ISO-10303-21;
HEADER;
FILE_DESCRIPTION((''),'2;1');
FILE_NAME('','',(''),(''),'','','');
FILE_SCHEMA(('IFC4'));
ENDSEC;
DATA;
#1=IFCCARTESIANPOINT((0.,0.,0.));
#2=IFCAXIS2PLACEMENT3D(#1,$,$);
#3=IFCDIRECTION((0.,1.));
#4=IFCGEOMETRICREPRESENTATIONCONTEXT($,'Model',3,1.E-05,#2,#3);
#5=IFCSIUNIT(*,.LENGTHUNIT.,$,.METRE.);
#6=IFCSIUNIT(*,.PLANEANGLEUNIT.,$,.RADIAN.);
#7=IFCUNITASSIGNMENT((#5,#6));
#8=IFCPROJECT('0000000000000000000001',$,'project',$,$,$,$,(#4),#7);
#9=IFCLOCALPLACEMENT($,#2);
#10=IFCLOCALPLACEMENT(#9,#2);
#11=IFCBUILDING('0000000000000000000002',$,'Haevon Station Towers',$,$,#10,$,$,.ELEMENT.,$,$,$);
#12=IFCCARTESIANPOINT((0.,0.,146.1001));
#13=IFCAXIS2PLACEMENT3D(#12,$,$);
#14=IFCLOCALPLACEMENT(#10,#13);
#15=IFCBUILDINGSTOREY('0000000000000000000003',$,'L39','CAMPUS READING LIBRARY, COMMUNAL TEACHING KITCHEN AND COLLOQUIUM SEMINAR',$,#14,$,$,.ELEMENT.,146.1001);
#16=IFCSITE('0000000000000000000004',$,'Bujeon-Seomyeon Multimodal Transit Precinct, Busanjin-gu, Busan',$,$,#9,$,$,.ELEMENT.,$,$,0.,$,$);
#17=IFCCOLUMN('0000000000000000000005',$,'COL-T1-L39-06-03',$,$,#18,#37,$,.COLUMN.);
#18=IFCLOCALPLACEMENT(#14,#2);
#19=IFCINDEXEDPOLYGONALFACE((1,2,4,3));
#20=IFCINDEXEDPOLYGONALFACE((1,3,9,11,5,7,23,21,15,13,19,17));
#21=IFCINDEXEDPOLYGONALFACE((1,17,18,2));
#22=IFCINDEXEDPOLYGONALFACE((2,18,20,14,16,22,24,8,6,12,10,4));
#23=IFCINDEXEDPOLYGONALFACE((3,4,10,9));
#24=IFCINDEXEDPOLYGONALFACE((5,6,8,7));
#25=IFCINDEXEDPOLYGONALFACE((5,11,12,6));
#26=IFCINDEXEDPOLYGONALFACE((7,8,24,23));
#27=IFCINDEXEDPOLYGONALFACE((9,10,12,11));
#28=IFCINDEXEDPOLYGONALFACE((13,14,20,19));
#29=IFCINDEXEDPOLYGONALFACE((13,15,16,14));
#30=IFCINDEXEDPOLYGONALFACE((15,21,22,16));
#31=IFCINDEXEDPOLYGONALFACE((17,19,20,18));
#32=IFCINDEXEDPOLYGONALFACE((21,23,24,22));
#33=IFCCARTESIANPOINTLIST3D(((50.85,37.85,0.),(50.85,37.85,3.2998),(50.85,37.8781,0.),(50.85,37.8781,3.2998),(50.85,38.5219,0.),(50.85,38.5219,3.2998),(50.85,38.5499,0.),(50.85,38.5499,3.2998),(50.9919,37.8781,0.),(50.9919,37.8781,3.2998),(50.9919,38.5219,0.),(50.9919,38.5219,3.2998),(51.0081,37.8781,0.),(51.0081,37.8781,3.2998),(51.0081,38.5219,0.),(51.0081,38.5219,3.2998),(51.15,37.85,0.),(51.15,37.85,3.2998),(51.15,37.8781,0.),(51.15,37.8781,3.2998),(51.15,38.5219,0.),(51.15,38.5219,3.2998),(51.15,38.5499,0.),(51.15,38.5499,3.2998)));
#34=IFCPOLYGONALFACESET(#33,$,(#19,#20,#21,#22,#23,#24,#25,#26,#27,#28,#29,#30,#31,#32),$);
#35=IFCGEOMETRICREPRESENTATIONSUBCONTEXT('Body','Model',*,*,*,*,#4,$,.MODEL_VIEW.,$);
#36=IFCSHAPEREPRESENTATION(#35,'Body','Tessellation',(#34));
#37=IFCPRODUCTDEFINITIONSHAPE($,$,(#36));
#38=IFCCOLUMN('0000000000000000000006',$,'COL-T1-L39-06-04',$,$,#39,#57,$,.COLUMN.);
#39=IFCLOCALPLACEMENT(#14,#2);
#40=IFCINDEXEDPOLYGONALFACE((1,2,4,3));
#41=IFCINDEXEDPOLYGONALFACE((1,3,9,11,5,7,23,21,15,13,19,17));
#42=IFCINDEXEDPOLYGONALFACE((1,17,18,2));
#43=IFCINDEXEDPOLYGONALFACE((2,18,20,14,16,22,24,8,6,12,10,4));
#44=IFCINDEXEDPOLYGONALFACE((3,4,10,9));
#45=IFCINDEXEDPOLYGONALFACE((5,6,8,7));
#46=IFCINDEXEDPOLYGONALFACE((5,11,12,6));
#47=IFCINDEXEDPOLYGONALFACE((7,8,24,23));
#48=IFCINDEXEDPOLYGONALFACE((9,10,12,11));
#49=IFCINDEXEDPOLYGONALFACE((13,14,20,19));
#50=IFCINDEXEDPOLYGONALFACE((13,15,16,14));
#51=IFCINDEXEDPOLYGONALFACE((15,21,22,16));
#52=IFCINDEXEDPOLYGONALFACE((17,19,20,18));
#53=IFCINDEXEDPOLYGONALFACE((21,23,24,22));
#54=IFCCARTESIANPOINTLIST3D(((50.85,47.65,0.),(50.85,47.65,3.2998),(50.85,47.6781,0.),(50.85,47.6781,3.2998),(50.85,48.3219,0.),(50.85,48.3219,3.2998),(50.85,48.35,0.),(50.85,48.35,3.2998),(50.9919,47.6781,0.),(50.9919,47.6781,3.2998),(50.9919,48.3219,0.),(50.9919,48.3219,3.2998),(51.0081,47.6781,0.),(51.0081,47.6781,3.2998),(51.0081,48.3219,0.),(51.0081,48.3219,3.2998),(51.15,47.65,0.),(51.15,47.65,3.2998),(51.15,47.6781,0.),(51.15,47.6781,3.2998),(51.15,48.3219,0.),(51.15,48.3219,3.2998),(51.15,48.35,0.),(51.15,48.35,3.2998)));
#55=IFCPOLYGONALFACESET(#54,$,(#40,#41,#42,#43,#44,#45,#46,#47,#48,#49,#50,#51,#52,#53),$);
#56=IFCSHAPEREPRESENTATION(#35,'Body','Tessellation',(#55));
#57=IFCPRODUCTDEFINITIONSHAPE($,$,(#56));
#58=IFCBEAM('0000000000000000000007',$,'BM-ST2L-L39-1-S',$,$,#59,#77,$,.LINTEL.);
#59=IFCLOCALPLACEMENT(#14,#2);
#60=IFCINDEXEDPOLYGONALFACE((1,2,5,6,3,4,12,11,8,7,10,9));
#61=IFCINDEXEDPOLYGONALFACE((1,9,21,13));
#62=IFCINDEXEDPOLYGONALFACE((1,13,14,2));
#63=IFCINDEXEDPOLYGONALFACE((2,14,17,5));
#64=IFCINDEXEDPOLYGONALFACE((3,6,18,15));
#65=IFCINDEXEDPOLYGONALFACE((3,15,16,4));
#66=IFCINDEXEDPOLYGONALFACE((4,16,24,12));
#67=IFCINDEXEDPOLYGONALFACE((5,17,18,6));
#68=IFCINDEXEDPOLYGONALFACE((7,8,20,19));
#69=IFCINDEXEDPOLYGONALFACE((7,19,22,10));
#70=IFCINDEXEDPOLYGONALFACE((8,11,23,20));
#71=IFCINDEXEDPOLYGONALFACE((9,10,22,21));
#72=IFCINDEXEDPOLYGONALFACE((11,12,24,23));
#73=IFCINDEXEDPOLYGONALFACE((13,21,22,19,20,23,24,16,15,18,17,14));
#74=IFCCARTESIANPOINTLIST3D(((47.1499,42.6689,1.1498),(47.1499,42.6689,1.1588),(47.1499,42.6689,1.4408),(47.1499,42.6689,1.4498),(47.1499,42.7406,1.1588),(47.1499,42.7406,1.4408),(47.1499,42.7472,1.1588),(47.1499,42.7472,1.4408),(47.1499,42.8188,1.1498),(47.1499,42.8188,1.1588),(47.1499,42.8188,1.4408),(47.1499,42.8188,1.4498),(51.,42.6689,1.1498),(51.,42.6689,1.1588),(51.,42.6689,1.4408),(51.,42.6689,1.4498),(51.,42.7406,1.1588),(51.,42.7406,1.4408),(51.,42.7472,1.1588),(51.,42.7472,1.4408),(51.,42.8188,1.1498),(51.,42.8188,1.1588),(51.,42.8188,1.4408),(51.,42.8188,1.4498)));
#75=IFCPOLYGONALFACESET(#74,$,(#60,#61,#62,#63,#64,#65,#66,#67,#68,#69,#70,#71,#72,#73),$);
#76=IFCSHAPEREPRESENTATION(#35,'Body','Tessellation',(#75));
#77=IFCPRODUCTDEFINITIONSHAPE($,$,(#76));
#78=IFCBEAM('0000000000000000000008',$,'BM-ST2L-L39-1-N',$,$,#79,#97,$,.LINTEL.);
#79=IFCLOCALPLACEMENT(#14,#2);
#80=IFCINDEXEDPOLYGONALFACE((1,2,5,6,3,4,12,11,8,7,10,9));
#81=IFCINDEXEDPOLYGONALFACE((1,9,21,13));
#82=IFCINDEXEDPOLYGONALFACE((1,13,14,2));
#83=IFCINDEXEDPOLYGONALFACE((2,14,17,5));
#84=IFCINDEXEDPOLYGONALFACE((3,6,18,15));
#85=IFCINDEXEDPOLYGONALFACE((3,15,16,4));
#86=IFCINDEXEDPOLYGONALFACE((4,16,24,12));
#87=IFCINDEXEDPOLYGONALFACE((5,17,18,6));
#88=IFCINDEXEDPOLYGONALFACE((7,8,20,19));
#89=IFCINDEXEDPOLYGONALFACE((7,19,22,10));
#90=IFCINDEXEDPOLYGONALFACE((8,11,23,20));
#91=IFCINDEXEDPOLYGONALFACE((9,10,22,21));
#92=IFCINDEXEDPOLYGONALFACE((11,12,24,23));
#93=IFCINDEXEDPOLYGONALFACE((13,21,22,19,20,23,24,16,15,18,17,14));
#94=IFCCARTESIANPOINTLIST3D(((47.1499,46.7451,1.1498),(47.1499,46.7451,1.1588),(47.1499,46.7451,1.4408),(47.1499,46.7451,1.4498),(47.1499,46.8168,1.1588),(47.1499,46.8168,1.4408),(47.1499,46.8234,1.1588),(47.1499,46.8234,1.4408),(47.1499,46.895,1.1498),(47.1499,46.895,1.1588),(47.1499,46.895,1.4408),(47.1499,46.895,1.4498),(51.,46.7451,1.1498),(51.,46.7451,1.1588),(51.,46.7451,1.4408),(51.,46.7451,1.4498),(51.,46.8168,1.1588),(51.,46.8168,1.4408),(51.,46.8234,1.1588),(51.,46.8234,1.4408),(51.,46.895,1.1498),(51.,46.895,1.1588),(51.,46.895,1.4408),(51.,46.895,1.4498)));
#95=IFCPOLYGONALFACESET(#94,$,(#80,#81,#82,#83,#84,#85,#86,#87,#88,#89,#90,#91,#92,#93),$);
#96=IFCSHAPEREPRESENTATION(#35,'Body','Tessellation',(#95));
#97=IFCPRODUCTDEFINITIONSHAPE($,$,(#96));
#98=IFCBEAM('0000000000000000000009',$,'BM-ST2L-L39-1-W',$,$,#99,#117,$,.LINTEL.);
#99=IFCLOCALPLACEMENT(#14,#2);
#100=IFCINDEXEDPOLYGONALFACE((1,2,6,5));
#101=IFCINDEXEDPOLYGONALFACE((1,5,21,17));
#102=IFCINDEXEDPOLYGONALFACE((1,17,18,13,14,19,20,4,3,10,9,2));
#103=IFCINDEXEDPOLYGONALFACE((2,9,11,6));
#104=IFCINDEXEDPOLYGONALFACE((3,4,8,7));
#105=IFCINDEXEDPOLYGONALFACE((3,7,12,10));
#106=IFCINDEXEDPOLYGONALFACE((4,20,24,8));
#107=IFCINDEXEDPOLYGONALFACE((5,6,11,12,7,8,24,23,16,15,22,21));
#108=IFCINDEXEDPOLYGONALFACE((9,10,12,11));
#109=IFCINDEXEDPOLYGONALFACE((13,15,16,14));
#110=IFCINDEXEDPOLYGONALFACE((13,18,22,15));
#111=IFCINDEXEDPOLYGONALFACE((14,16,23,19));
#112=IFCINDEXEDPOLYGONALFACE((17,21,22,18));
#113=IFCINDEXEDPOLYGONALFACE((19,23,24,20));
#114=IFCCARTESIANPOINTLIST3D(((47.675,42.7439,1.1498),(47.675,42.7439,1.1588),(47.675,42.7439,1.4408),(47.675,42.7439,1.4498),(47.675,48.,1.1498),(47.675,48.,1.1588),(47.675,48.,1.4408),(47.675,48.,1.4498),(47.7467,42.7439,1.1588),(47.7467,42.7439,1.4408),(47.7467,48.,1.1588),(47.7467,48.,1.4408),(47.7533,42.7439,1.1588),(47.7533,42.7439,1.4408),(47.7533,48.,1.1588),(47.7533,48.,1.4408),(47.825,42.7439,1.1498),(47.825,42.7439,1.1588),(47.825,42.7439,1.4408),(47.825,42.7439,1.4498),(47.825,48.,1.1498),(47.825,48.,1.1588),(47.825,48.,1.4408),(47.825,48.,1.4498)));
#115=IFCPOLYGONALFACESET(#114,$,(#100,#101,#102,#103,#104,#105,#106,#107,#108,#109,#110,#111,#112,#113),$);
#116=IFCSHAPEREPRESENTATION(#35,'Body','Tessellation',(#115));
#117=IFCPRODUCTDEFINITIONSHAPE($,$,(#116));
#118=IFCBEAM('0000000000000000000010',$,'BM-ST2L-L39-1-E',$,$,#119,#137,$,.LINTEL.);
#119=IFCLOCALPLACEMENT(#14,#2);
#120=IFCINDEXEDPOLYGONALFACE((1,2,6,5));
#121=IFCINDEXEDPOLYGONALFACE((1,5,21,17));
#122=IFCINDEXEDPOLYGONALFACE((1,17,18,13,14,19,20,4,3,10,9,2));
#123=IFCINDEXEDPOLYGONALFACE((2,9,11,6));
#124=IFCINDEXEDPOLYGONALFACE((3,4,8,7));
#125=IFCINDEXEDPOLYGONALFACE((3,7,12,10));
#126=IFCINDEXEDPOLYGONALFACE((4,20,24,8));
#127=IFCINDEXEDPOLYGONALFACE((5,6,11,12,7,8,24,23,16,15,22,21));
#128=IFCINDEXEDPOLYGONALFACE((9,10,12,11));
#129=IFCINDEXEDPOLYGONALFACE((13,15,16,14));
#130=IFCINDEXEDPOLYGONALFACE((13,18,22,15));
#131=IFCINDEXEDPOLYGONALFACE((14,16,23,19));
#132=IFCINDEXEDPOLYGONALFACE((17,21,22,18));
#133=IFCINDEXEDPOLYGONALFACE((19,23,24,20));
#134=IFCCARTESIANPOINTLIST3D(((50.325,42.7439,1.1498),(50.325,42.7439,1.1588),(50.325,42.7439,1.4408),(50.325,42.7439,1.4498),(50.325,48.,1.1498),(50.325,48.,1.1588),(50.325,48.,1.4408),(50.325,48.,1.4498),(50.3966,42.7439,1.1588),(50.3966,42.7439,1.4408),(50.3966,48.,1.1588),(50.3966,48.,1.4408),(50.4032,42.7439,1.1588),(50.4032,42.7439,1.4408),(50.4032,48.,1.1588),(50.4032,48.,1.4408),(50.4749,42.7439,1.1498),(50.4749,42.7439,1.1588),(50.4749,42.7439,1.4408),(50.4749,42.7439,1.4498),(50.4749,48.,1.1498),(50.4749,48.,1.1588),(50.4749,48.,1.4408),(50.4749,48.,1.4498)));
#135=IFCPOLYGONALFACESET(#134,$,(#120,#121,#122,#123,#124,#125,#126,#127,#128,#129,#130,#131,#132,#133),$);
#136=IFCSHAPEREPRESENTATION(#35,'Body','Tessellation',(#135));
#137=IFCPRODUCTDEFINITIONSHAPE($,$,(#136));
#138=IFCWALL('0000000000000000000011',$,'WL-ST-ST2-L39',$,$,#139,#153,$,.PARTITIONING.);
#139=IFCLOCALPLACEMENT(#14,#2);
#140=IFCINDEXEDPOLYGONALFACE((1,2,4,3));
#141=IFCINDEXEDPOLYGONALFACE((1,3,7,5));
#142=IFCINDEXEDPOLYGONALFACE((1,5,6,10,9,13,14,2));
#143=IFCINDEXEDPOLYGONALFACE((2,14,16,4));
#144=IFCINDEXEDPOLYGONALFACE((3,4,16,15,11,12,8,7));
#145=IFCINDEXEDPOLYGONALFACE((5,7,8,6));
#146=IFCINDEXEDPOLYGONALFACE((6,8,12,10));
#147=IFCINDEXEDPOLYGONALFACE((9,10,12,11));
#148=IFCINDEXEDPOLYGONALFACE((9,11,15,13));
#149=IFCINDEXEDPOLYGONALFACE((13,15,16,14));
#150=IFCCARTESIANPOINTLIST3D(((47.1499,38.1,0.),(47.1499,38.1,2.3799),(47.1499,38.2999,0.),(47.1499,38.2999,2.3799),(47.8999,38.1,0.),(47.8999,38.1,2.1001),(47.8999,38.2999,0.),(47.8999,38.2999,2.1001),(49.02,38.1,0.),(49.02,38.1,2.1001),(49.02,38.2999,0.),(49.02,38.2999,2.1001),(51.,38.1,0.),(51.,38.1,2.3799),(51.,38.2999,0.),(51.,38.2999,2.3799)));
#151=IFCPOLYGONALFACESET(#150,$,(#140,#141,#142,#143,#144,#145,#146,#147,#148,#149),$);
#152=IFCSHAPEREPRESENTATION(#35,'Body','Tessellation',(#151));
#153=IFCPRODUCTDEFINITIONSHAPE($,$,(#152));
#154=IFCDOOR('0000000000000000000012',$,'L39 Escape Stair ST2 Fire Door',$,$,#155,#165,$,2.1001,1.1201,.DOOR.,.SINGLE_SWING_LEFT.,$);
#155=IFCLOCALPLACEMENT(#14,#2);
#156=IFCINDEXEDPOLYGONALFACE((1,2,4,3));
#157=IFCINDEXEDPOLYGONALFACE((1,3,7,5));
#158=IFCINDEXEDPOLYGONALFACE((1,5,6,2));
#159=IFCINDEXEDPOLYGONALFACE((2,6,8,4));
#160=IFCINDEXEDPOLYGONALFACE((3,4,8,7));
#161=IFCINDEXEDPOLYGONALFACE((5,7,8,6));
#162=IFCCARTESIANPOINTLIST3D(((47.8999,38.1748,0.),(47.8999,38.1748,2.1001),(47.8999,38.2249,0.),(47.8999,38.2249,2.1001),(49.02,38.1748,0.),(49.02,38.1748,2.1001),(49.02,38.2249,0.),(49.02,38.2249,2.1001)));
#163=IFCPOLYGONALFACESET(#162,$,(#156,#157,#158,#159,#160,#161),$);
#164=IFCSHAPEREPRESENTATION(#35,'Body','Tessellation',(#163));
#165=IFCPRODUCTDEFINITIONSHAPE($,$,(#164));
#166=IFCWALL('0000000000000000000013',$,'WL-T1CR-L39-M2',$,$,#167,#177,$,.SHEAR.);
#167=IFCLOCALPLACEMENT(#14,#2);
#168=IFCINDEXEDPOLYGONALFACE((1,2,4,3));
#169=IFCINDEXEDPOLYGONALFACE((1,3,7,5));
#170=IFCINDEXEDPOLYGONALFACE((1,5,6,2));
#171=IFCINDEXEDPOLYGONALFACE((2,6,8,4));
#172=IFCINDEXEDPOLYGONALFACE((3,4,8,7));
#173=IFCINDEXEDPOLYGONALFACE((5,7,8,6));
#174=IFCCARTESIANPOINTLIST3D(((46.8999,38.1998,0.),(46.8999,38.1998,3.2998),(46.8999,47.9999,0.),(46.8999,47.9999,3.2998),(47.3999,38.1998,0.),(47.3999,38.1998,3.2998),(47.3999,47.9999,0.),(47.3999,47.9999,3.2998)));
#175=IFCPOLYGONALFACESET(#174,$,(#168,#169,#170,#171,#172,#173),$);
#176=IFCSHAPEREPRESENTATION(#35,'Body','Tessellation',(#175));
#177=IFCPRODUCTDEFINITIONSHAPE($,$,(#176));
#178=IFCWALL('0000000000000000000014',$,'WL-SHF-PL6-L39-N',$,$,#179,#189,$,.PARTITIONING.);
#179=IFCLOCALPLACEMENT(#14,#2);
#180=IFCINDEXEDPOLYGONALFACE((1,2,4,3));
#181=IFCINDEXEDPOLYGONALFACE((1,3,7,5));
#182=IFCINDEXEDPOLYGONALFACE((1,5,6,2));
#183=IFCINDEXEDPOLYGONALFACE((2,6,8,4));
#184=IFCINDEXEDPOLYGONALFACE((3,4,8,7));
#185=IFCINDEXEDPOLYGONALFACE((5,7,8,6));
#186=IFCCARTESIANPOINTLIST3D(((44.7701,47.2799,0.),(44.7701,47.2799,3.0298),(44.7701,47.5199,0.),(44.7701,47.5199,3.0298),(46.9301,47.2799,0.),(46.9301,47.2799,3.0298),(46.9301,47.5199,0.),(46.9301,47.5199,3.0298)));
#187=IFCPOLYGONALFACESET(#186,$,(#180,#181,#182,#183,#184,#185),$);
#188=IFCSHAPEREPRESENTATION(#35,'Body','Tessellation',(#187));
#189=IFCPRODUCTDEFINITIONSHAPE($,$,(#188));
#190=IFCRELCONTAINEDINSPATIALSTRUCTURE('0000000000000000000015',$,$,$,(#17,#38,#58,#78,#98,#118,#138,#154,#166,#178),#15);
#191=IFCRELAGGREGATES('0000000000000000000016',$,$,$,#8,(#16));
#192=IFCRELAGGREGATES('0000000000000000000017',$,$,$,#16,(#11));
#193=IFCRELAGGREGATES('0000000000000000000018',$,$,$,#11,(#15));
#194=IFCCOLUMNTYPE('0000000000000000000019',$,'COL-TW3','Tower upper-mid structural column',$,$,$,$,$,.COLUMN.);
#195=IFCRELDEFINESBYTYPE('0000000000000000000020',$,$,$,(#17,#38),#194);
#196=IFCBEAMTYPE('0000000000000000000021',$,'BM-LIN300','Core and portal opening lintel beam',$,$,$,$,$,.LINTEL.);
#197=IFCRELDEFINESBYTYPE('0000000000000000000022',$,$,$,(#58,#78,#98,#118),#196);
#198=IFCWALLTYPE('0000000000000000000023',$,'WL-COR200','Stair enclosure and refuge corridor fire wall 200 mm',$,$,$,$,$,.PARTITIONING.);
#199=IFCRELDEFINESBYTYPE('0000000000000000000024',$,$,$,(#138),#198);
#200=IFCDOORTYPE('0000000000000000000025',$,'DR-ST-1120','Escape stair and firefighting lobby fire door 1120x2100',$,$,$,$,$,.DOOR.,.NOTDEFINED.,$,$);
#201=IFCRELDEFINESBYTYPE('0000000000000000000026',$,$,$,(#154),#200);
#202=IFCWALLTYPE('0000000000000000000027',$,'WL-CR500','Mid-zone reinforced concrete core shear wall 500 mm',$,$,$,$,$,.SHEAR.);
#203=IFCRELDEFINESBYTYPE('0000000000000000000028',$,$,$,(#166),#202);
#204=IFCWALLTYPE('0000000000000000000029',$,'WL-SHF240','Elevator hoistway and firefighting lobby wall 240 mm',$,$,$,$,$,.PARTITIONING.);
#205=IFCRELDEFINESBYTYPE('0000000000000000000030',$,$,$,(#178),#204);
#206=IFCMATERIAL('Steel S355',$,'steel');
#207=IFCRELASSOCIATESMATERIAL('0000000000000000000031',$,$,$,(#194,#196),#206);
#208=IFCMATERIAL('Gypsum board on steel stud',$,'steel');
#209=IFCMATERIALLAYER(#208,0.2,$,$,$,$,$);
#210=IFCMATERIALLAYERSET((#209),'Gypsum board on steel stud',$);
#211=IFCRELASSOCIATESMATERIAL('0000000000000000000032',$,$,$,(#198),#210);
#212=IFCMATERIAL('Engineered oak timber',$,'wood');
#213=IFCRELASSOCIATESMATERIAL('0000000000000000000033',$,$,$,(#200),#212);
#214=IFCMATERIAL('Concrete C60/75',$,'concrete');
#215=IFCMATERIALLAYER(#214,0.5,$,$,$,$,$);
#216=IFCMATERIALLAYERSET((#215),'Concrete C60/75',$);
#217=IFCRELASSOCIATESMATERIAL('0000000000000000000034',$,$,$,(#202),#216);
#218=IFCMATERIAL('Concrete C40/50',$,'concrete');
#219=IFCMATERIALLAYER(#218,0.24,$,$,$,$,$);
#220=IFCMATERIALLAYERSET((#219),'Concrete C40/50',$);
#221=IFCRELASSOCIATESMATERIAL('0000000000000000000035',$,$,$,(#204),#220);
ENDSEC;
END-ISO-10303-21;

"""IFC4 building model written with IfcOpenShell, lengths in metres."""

from ifc_helpers import new_model, si_unit, direction, frame, frame_2d, origin, origin_2d, place, context, subcontext, project, spatial, rectangle, i_section, extrude, material, layer, layer_set, material_profile, profile_set, type_object, element, fill, save


model = new_model("IFC4")

# Units and contexts
model_context = context("Model", 3, precision=1e-05, world=origin(), true_north=direction((0.0, 1.0)))
body_context = subcontext(model_context, "Body", "Model", "MODEL_VIEW")
ifc_project = project(units=[si_unit("LENGTHUNIT", "METRE"), si_unit("PLANEANGLEUNIT", "RADIAN")], contexts=[model_context])

# Site, building, storey
site_placement = place(None, origin())
site = spatial("IfcSite", under=ifc_project, at=site_placement, Name="Bujeon-Seomyeon Multimodal Transit Precinct, Busanjin-gu, Busan", CompositionType="ELEMENT", RefElevation=0.0)
building_placement = place(site_placement, origin())
building = spatial("IfcBuilding", under=site, at=building_placement, Name="Haevon Station Towers", CompositionType="ELEMENT")
storey_placement = place(building_placement, frame((0.0, 0.0, 146.1001)))
storey = spatial("IfcBuildingStorey", under=building, at=storey_placement, Name="L39", Description="CAMPUS READING LIBRARY, COMMUNAL TEACHING KITCHEN AND COLLOQUIUM SEMINAR", CompositionType="ELEMENT", Elevation=146.1001)

# Columns
ifc_material_1 = material(Name="Steel S355", Category="steel")
ifc_material_profile_1 = material_profile(ifc_material_1, i_section(OverallWidth=0.3, OverallDepth=0.7, WebThickness=0.0161, FlangeThickness=0.0281, at=origin_2d()), Name="H-700x300x16x28")
ifc_profile_set_1 = profile_set([ifc_material_profile_1], Name="Steel S355")
column_type = type_object("IfcColumnType", Name="COL-TW3", Description="Tower upper-mid structural column", PredefinedType="COLUMN", material=ifc_profile_set_1)
for number, where, z_axis, x_axis, name in (
    (1, (51.0, 38.2, 0.0), (0.0, 0.0, 1.0), (1.0, 0.0, 0.0), "COL-T1-L39-06-03"),
    (2, (51.0, 48.0, 0.0), (0.0, 0.0, 1.0), (1.0, 0.0, 0.0), "COL-T1-L39-06-04"),
):
    element("IfcColumn", number, at=place(storey_placement, frame(where, z_axis=z_axis, x_axis=x_axis)), inside=storey, type_object=column_type, Name=name, PredefinedType="COLUMN", context=body_context, shape_type="SweptSolid", body=[
        extrude(i_section(OverallWidth=0.3, OverallDepth=0.7, WebThickness=0.0161, FlangeThickness=0.0281, at=origin_2d()), origin(), (0.0, 0.0, 1.0), 3.2998),
    ])

# Beams
ifc_material_profile_2 = material_profile(ifc_material_1, i_section(OverallWidth=0.1499, OverallDepth=0.3, WebThickness=0.0066, FlangeThickness=0.009, at=origin_2d()), Name="H-300x150x6.5x9")
ifc_profile_set_2 = profile_set([ifc_material_profile_2], Name="Steel S355")
beam_type = type_object("IfcBeamType", Name="BM-LIN300", Description="Core and portal opening lintel beam", PredefinedType="LINTEL", material=ifc_profile_set_2)
for number, where, z_axis, x_axis, name in (
    (3, (47.1499, 42.7439, 1.2998), (1.0, 0.0, 0.0), (0.0, 1.0, 0.0), "BM-ST2L-L39-1-S"),
    (4, (47.1499, 46.8201, 1.2998), (1.0, 0.0, 0.0), (0.0, 1.0, 0.0), "BM-ST2L-L39-1-N"),
):
    element("IfcBeam", number, at=place(storey_placement, frame(where, z_axis=z_axis, x_axis=x_axis)), inside=storey, type_object=beam_type, Name=name, PredefinedType="LINTEL", context=body_context, shape_type="SweptSolid", body=[
        extrude(i_section(OverallWidth=0.1499, OverallDepth=0.3, WebThickness=0.0066, FlangeThickness=0.009, at=origin_2d()), origin(), (0.0, 0.0, 1.0), 3.8501),
    ])
for number, where, z_axis, x_axis, name in (
    (5, (47.75, 42.7439, 1.2998), (0.0, 1.0, 0.0), (-1.0, 0.0, 0.0), "BM-ST2L-L39-1-W"),
    (6, (50.3999, 42.7439, 1.2998), (0.0, 1.0, 0.0), (-1.0, 0.0, 0.0), "BM-ST2L-L39-1-E"),
):
    element("IfcBeam", number, at=place(storey_placement, frame(where, z_axis=z_axis, x_axis=x_axis)), inside=storey, type_object=beam_type, Name=name, PredefinedType="LINTEL", context=body_context, shape_type="SweptSolid", body=[
        extrude(i_section(OverallWidth=0.1499, OverallDepth=0.3, WebThickness=0.0066, FlangeThickness=0.009, at=origin_2d()), origin(), (0.0, 0.0, 1.0), 5.2561),
    ])

# Wall, opening, door
ifc_material_2 = material(Name="Gypsum board on steel stud", Category="steel")
ifc_layer_1 = layer(ifc_material_2, 0.2)
ifc_layer_set_1 = layer_set([ifc_layer_1], Name="Gypsum board on steel stud")
wall_type_1 = type_object("IfcWallType", Name="WL-COR200", Description="Stair enclosure and refuge corridor fire wall 200 mm", PredefinedType="PARTITIONING", material=ifc_layer_set_1)
wall_1_placement = place(storey_placement, frame((47.1499, 38.2, 0.0), z_axis=(0.0, 0.0, 1.0), x_axis=(1.0, 0.0, 0.0)))
wall_1 = element("IfcWall", 7, at=wall_1_placement, inside=storey, type_object=wall_type_1, Name="WL-ST-ST2-L39", PredefinedType="PARTITIONING", context=body_context, shape_type="SweptSolid", body=[
    extrude(rectangle(XDim=3.8501, YDim=0.2, at=frame_2d((1.925, 0.0))), origin(), (0.0, 0.0, 1.0), 2.3799),
])
opening_placement = place(wall_1_placement, frame((0.75, 0.0, 0.0)))
opening = element("IfcOpeningElement", 8, at=opening_placement, cuts=wall_1, PredefinedType="OPENING", context=body_context, shape_type="SweptSolid", body=[
    extrude(rectangle(XDim=1.1201, YDim=2.1001, at=frame_2d((0.5601, 1.05))), frame((0.0, 0.1099, 0.0), z_axis=(0.0, -1.0, 0.0), x_axis=(1.0, 0.0, 0.0)), (0.0, 0.0, 1.0), 0.22),
])
ifc_material_3 = material(Name="Engineered oak timber", Category="wood")
door_type = type_object("IfcDoorType", Name="DR-ST-1120", Description="Escape stair and firefighting lobby fire door 1120x2100", OperationType="NOTDEFINED", PredefinedType="DOOR", material=ifc_material_3)
door_placement = place(opening_placement, origin())
door = element("IfcDoor", 9, at=door_placement, inside=storey, type_object=door_type, Name="L39 Escape Stair ST2 Fire Door", OperationType="SINGLE_SWING_LEFT", OverallHeight=2.1001, OverallWidth=1.1201, PredefinedType="DOOR", context=body_context, shape_type="SweptSolid", body=[
    extrude(rectangle(XDim=1.1201, YDim=2.1001, at=frame_2d((0.5601, 1.05))), frame((0.0, 0.0249, 0.0), z_axis=(0.0, -1.0, 0.0), x_axis=(1.0, 0.0, 0.0)), (0.0, 0.0, 1.0), 0.05),
])
fill(opening, door)

# Walls
ifc_material_4 = material(Name="Concrete C60/75", Category="concrete")
ifc_layer_2 = layer(ifc_material_4, 0.5)
ifc_layer_set_2 = layer_set([ifc_layer_2], Name="Concrete C60/75")
wall_type_2 = type_object("IfcWallType", Name="WL-CR500", Description="Mid-zone reinforced concrete core shear wall 500 mm", PredefinedType="SHEAR", material=ifc_layer_set_2)
wall_2_placement = place(storey_placement, frame((47.1499, 38.2, 0.0), z_axis=(0.0, 0.0, 1.0), x_axis=(0.0, 1.0, 0.0)))
element("IfcWall", 10, at=wall_2_placement, inside=storey, type_object=wall_type_2, Name="WL-T1CR-L39-M2", PredefinedType="SHEAR", context=body_context, shape_type="SweptSolid", body=[
    extrude(rectangle(XDim=9.8, YDim=0.5, at=frame_2d((4.8999, 0.0))), origin(), (0.0, 0.0, 1.0), 3.2998),
])
ifc_material_5 = material(Name="Concrete C40/50", Category="concrete")
ifc_layer_3 = layer(ifc_material_5, 0.24)
ifc_layer_set_3 = layer_set([ifc_layer_3], Name="Concrete C40/50")
wall_type_3 = type_object("IfcWallType", Name="WL-SHF240", Description="Elevator hoistway and firefighting lobby wall 240 mm", PredefinedType="PARTITIONING", material=ifc_layer_set_3)
wall_3_placement = place(storey_placement, frame((44.77, 47.3999, 0.0), z_axis=(0.0, 0.0, 1.0), x_axis=(1.0, 0.0, 0.0)))
element("IfcWall", 11, at=wall_3_placement, inside=storey, type_object=wall_type_3, Name="WL-SHF-PL6-L39-N", PredefinedType="PARTITIONING", context=body_context, shape_type="SweptSolid", body=[
    extrude(rectangle(XDim=2.1599, YDim=0.24, at=frame_2d((1.0801, 0.0))), origin(), (0.0, 0.0, 1.0), 3.0298),
])

save(model, "model.ifc")
